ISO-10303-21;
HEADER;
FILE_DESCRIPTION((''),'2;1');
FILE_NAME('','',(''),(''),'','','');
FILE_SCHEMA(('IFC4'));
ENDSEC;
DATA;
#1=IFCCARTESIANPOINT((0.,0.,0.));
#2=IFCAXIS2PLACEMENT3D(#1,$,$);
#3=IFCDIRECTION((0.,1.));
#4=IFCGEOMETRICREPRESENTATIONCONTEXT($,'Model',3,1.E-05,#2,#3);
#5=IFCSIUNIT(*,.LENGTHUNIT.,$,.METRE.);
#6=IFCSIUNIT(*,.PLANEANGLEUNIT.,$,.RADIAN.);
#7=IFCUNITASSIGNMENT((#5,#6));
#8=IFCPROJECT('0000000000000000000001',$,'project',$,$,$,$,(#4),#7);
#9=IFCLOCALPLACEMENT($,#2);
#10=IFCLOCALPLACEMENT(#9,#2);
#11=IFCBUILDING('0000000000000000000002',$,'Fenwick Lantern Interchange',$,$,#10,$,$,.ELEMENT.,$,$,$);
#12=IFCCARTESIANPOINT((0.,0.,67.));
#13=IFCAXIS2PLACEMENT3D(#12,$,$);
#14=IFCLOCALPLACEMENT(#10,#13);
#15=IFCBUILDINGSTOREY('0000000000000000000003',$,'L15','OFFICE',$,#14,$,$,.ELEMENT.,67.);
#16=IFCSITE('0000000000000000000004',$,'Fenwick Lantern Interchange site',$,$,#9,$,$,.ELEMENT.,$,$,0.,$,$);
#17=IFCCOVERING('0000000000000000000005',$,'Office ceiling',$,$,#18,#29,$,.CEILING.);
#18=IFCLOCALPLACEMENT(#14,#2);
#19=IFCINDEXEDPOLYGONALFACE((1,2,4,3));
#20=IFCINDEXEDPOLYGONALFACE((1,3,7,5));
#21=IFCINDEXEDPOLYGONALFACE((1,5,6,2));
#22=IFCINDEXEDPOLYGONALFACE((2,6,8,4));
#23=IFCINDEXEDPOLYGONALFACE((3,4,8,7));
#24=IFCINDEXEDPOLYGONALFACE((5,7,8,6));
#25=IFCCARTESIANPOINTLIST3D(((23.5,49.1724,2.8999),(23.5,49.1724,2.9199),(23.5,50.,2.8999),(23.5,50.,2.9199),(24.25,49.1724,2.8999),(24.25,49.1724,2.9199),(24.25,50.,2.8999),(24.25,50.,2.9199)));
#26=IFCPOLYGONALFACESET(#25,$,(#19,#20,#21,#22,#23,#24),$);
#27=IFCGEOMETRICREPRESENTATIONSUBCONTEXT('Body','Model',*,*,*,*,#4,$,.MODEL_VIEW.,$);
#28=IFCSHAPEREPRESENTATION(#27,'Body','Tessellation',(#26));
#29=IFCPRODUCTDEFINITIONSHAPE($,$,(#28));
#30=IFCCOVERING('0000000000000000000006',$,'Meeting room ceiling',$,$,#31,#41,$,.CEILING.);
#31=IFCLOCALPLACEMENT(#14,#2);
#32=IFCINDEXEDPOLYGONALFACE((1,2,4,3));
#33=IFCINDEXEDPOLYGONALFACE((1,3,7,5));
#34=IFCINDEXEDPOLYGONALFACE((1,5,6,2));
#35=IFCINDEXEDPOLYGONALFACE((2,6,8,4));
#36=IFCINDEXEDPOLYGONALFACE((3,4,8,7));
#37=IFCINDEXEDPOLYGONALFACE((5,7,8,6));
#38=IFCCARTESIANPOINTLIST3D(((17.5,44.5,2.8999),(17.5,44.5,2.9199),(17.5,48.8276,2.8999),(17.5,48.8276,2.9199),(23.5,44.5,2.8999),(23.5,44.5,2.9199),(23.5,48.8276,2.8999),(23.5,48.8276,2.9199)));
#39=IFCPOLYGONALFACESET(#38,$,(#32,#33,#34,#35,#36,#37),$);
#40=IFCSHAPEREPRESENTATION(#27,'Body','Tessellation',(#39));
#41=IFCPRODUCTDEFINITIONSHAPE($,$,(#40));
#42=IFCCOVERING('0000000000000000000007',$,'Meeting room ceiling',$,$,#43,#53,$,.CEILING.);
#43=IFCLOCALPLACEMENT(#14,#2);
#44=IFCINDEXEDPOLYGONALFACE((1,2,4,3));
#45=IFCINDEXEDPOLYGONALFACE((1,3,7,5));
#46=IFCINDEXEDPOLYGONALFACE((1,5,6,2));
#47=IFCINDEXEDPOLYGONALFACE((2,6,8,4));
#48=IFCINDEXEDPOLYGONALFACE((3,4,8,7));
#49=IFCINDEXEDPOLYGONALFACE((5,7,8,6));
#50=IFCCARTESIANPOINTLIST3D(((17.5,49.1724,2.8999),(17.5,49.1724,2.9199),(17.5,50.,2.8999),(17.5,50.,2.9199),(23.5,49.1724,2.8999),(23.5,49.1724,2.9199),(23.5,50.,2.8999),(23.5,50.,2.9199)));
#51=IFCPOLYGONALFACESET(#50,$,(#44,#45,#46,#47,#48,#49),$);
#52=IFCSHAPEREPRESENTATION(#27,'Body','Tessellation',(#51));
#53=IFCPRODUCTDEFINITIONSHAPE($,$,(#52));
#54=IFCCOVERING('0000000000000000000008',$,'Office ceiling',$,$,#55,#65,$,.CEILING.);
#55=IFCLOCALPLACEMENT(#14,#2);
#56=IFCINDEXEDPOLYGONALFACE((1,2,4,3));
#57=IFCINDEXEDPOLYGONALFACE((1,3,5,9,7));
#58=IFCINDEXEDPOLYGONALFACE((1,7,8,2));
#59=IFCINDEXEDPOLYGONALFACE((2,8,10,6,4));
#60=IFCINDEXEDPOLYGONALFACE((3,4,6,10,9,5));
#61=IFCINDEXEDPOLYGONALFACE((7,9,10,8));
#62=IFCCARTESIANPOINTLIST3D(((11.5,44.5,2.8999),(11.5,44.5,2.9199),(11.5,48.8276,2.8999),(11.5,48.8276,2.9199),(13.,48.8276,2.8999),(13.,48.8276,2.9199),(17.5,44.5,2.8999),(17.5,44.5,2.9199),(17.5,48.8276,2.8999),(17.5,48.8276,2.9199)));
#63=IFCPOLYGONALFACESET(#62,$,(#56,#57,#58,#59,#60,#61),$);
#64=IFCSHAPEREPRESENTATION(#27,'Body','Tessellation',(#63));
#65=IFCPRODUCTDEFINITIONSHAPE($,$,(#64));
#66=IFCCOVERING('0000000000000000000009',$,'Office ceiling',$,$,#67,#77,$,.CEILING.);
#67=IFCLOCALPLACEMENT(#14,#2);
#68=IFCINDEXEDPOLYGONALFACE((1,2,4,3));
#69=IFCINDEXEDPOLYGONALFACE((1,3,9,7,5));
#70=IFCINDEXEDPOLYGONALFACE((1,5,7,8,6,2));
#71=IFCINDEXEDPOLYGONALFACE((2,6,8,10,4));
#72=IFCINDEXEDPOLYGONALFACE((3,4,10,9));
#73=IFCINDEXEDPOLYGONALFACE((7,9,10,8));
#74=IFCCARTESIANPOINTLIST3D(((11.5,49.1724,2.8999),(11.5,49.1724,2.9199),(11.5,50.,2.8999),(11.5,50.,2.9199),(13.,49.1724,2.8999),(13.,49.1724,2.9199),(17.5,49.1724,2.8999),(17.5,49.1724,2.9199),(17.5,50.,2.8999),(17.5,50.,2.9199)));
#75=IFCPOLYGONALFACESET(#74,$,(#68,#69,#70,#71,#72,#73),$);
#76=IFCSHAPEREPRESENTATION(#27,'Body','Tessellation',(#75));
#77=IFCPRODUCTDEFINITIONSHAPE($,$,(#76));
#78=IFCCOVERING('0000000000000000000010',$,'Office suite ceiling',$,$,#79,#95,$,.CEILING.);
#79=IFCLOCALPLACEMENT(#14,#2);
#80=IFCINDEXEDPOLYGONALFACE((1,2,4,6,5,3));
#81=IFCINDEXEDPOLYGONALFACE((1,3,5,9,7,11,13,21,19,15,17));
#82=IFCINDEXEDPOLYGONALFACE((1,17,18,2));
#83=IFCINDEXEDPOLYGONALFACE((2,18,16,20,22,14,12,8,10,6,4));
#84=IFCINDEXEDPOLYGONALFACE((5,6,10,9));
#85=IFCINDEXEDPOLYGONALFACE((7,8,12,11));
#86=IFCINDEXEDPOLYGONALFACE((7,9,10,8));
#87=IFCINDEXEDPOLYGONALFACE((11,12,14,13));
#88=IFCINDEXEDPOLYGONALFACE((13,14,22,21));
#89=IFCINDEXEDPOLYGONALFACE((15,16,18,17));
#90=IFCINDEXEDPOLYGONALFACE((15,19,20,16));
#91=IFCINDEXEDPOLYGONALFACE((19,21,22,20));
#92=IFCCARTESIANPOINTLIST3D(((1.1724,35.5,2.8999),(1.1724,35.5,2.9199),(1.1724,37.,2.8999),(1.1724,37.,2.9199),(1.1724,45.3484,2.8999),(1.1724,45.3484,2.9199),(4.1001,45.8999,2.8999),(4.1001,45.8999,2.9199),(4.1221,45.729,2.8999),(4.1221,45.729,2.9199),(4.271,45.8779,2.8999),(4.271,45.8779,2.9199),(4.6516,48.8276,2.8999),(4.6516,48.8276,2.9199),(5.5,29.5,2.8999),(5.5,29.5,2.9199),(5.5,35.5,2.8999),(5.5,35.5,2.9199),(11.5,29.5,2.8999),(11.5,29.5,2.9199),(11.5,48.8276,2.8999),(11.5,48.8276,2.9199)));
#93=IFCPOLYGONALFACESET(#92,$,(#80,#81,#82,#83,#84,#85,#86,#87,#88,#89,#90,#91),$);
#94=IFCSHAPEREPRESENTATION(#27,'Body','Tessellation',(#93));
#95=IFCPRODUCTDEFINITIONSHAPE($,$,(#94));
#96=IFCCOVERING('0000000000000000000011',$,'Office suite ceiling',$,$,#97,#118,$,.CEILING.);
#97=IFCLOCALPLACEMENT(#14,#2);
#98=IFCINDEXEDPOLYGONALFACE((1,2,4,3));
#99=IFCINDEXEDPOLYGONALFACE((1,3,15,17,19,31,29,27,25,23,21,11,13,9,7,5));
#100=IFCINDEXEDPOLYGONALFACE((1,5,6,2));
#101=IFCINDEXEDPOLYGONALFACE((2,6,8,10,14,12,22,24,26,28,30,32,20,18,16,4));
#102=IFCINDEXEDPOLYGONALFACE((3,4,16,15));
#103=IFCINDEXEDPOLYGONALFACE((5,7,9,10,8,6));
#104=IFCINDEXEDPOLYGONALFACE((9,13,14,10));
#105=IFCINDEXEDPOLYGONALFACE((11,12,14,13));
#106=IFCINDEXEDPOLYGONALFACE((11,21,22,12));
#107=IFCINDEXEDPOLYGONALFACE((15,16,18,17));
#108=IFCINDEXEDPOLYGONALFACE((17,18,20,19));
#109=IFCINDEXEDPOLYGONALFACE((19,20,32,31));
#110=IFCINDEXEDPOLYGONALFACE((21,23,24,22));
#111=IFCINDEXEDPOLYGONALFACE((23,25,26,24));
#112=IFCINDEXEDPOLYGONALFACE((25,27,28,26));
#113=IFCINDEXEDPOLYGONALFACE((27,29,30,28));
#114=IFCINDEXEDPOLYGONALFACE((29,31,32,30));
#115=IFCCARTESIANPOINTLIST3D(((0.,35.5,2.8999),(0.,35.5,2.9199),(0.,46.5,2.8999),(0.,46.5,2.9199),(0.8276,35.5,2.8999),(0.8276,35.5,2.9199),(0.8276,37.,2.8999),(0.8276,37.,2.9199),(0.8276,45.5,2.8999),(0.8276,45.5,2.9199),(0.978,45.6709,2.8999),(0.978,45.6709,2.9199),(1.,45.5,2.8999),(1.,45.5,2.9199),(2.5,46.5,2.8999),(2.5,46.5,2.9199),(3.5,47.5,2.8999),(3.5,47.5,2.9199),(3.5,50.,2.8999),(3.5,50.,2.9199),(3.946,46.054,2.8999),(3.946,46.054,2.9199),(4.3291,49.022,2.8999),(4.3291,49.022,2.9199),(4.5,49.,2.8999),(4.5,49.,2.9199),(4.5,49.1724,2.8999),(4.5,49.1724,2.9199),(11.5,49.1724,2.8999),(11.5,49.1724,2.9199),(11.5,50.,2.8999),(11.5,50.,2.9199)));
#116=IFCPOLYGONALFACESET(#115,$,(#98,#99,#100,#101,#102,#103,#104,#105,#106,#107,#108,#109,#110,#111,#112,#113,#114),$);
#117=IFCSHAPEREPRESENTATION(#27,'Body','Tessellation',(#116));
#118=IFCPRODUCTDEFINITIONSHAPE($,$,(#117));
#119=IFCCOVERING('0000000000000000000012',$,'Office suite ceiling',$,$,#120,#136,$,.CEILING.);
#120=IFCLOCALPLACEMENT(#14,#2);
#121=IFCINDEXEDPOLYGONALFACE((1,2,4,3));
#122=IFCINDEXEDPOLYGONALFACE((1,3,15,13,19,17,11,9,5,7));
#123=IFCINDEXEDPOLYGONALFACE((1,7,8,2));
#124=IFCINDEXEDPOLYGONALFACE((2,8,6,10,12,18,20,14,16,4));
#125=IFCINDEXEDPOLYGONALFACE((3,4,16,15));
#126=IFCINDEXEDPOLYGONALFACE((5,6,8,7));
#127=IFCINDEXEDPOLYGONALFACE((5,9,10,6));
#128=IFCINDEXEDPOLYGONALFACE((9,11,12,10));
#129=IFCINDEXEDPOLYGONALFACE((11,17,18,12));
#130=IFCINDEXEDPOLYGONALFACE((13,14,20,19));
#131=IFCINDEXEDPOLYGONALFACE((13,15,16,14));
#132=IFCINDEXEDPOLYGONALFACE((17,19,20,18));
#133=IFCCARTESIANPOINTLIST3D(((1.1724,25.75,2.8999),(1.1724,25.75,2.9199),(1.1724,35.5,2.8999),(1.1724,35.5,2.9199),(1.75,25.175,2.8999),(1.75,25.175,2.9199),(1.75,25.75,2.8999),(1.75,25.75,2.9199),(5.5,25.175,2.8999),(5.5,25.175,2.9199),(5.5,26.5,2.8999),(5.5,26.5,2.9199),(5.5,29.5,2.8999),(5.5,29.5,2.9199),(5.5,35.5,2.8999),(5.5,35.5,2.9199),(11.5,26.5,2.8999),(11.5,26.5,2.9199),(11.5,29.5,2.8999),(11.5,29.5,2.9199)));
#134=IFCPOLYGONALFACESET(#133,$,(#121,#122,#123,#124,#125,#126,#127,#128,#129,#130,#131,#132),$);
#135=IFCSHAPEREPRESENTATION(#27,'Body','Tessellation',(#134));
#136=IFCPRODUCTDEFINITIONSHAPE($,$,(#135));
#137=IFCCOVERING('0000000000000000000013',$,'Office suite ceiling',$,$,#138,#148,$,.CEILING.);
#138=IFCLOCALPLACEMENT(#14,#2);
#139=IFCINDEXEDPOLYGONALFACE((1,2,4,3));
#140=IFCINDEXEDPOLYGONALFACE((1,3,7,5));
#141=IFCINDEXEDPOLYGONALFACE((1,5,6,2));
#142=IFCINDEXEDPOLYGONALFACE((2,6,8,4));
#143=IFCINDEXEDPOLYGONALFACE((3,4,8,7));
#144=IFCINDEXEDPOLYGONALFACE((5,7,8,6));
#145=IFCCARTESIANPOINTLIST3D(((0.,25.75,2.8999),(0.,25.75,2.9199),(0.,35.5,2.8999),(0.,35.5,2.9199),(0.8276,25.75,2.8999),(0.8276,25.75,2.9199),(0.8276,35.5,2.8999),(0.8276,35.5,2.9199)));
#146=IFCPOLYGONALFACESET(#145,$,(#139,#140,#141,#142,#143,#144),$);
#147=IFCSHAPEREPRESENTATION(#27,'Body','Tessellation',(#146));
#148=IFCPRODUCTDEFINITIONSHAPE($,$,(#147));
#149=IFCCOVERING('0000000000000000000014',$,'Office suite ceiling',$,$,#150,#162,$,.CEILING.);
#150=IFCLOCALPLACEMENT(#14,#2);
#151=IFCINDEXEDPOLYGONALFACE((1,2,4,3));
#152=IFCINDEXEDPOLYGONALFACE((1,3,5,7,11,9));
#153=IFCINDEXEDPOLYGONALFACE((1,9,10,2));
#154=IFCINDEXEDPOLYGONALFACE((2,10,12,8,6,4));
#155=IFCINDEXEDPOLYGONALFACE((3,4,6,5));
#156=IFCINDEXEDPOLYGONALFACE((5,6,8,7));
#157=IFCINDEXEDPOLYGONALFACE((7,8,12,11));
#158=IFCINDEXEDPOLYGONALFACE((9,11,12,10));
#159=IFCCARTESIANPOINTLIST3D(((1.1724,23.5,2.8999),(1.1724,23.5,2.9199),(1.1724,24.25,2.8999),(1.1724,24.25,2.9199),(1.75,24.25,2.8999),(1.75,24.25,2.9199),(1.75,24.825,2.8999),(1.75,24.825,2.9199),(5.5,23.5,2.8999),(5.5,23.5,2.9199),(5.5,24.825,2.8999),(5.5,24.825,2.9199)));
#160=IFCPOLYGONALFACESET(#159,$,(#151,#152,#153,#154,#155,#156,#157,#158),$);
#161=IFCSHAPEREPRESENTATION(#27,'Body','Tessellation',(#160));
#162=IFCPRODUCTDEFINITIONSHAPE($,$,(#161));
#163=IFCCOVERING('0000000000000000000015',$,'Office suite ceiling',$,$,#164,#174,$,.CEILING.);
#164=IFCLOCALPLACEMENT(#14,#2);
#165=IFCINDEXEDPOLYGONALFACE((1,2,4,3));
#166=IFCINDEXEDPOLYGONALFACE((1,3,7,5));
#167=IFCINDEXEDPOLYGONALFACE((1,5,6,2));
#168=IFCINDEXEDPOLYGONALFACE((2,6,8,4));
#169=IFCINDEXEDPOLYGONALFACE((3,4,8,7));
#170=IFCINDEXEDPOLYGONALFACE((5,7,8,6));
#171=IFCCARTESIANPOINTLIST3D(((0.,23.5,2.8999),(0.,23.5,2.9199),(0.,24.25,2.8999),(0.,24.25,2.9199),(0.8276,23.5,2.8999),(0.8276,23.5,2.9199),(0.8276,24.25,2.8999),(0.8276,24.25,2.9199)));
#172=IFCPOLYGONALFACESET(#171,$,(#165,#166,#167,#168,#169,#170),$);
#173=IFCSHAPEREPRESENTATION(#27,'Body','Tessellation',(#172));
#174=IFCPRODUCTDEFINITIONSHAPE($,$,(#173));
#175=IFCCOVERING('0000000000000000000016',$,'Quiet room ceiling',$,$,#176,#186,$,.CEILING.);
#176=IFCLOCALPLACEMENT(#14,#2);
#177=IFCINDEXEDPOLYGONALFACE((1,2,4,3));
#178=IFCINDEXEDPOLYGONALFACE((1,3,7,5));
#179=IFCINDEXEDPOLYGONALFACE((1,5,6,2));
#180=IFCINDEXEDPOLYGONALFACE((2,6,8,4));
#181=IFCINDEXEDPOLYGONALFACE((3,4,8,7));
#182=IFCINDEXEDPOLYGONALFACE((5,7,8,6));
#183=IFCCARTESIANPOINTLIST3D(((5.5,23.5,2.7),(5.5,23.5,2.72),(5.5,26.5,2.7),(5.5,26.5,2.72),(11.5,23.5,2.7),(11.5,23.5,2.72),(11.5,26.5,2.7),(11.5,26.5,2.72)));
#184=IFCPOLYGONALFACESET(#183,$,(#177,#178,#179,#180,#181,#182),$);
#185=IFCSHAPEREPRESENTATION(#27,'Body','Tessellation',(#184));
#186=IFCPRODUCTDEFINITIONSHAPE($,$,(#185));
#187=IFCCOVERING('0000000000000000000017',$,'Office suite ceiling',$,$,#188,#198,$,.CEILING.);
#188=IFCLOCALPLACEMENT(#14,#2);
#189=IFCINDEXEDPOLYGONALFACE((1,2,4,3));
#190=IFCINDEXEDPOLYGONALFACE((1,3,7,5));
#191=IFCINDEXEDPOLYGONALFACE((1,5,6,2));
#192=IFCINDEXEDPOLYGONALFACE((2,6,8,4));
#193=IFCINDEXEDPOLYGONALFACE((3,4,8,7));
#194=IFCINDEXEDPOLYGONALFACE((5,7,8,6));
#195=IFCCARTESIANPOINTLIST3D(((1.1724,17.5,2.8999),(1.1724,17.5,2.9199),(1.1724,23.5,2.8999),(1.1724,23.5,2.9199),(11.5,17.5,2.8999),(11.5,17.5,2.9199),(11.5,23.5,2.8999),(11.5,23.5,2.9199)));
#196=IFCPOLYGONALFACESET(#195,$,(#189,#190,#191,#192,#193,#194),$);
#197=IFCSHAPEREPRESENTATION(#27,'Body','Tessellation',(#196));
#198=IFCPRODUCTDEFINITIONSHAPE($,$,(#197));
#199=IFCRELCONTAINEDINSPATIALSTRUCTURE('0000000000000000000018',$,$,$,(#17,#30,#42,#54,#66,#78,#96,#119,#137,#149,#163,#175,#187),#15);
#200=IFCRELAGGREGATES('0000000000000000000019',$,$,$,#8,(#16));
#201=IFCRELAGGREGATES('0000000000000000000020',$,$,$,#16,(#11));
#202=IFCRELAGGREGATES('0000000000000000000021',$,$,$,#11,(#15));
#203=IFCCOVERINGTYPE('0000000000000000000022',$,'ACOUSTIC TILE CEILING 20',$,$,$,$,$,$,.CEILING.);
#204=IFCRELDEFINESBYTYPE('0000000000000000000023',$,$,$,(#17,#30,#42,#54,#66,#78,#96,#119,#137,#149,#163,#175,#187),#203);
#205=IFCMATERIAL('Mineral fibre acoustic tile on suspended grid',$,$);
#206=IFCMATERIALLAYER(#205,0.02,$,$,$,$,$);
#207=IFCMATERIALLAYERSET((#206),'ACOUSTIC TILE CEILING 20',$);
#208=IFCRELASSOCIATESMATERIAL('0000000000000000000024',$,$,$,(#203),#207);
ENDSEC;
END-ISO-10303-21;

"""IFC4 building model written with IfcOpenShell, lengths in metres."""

from ifc_helpers import new_model, si_unit, direction, frame, origin, place, context, subcontext, project, spatial, polyline, outline, extrude, material, layer, layer_set, type_object, element, save


model = new_model("IFC4")

# Units and contexts
model_context = context("Model", 3, precision=1e-05, world=origin(), true_north=direction((0.0, 1.0)))
body_context = subcontext(model_context, "Body", "Model", "MODEL_VIEW")
ifc_project = project(units=[si_unit("LENGTHUNIT", "METRE"), si_unit("PLANEANGLEUNIT", "RADIAN")], contexts=[model_context])

# Site, building, storey
site_placement = place(None, origin())
site = spatial("IfcSite", under=ifc_project, at=site_placement, Name="Fenwick Lantern Interchange site", CompositionType="ELEMENT", RefElevation=0.0)
building_placement = place(site_placement, origin())
building = spatial("IfcBuilding", under=site, at=building_placement, Name="Fenwick Lantern Interchange", CompositionType="ELEMENT")
storey_placement = place(building_placement, frame((0.0, 0.0, 67.0)))
storey = spatial("IfcBuildingStorey", under=building, at=storey_placement, Name="L15", Description="OFFICE", CompositionType="ELEMENT", Elevation=67.0)

# Coverings
ifc_material_1 = material(Name="Mineral fibre acoustic tile on suspended grid")
ifc_layer_1 = layer(ifc_material_1, 0.02)
ifc_layer_set_1 = layer_set([ifc_layer_1], Name="ACOUSTIC TILE CEILING 20")
covering_type_1 = type_object("IfcCoveringType", Name="ACOUSTIC TILE CEILING 20", PredefinedType="CEILING", material=ifc_layer_set_1)
covering_1_placement = place(storey_placement, frame((0.0, 0.0, 2.8999)))
element("IfcCovering", 1, at=covering_1_placement, inside=storey, type_object=covering_type_1, Name="Office ceiling", PredefinedType="CEILING", context=body_context, shape_type="SweptSolid", body=[
    extrude(outline(polyline([(23.5, 50.0), (23.5, 49.1724), (24.25, 49.1724), (24.25, 50.0), (23.5, 50.0)])), origin(), (0.0, 0.0, 1.0), 0.02),
])
covering_2_placement = place(storey_placement, frame((0.0, 0.0, 2.8999)))
element("IfcCovering", 2, at=covering_2_placement, inside=storey, type_object=covering_type_1, Name="Meeting room ceiling", PredefinedType="CEILING", context=body_context, shape_type="SweptSolid", body=[
    extrude(outline(polyline([(23.5, 44.5), (23.5, 48.8276), (17.5, 48.8276), (17.5, 44.5), (23.5, 44.5)])), origin(), (0.0, 0.0, 1.0), 0.02),
])
covering_3_placement = place(storey_placement, frame((0.0, 0.0, 2.8999)))
element("IfcCovering", 3, at=covering_3_placement, inside=storey, type_object=covering_type_1, Name="Meeting room ceiling", PredefinedType="CEILING", context=body_context, shape_type="SweptSolid", body=[
    extrude(outline(polyline([(17.5, 50.0), (17.5, 49.1724), (23.5, 49.1724), (23.5, 50.0), (17.5, 50.0)])), origin(), (0.0, 0.0, 1.0), 0.02),
])
covering_4_placement = place(storey_placement, frame((0.0, 0.0, 2.8999)))
element("IfcCovering", 4, at=covering_4_placement, inside=storey, type_object=covering_type_1, Name="Office ceiling", PredefinedType="CEILING", context=body_context, shape_type="SweptSolid", body=[
    extrude(outline(polyline([(17.5, 44.5), (17.5, 48.8276), (13.0, 48.8276), (11.5, 48.8276), (11.5, 44.5), (17.5, 44.5)])), origin(), (0.0, 0.0, 1.0), 0.02),
])
covering_5_placement = place(storey_placement, frame((0.0, 0.0, 2.8999)))
element("IfcCovering", 5, at=covering_5_placement, inside=storey, type_object=covering_type_1, Name="Office ceiling", PredefinedType="CEILING", context=body_context, shape_type="SweptSolid", body=[
    extrude(outline(polyline([(11.5, 50.0), (11.5, 49.1724), (13.0, 49.1724), (17.5, 49.1724), (17.5, 50.0), (11.5, 50.0)])), origin(), (0.0, 0.0, 1.0), 0.02),
])
covering_6_placement = place(storey_placement, frame((0.0, 0.0, 2.8999)))
element("IfcCovering", 6, at=covering_6_placement, inside=storey, type_object=covering_type_1, Name="Office suite ceiling", PredefinedType="CEILING", context=body_context, shape_type="SweptSolid", body=[
    extrude(outline(polyline([(11.5, 29.5), (11.5, 48.8276), (4.6516, 48.8276), (4.271, 45.8779), (4.1001, 45.8999), (4.1221, 45.729), (1.1724, 45.3484), (1.1724, 37.0), (1.1724, 35.5), (5.5, 35.5), (5.5, 29.5), (11.5, 29.5)])), origin(), (0.0, 0.0, 1.0), 0.02),
])
covering_7_placement = place(storey_placement, frame((0.0, 0.0, 2.8999)))
element("IfcCovering", 7, at=covering_7_placement, inside=storey, type_object=covering_type_1, Name="Office suite ceiling", PredefinedType="CEILING", context=body_context, shape_type="SweptSolid", body=[
    extrude(outline(polyline([(3.5, 47.5), (2.5, 46.5), (0.0, 46.5), (0.0, 35.5), (0.8276, 35.5), (0.8276, 37.0), (0.8276, 45.5), (1.0, 45.5), (0.978, 45.6709), (3.946, 46.054), (4.3291, 49.022), (4.5, 49.0), (4.5, 49.1724), (11.5, 49.1724), (11.5, 50.0), (3.5, 50.0), (3.5, 47.5)])), origin(), (0.0, 0.0, 1.0), 0.02),
])
covering_8_placement = place(storey_placement, frame((0.0, 0.0, 2.8999)))
element("IfcCovering", 8, at=covering_8_placement, inside=storey, type_object=covering_type_1, Name="Office suite ceiling", PredefinedType="CEILING", context=body_context, shape_type="SweptSolid", body=[
    extrude(outline(polyline([(5.5, 29.5), (5.5, 35.5), (1.1724, 35.5), (1.1724, 25.75), (1.75, 25.75), (1.75, 25.175), (5.5, 25.175), (5.5, 26.5), (11.5, 26.5), (11.5, 29.5), (5.5, 29.5)])), origin(), (0.0, 0.0, 1.0), 0.02),
])
covering_9_placement = place(storey_placement, frame((0.0, 0.0, 2.8999)))
element("IfcCovering", 9, at=covering_9_placement, inside=storey, type_object=covering_type_1, Name="Office suite ceiling", PredefinedType="CEILING", context=body_context, shape_type="SweptSolid", body=[
    extrude(outline(polyline([(0.0, 25.75), (0.8276, 25.75), (0.8276, 35.5), (0.0, 35.5), (0.0, 25.75)])), origin(), (0.0, 0.0, 1.0), 0.02),
])
covering_10_placement = place(storey_placement, frame((0.0, 0.0, 2.8999)))
element("IfcCovering", 10, at=covering_10_placement, inside=storey, type_object=covering_type_1, Name="Office suite ceiling", PredefinedType="CEILING", context=body_context, shape_type="SweptSolid", body=[
    extrude(outline(polyline([(5.5, 23.5), (5.5, 24.825), (1.75, 24.825), (1.75, 24.25), (1.1724, 24.25), (1.1724, 23.5), (5.5, 23.5)])), origin(), (0.0, 0.0, 1.0), 0.02),
])
covering_11_placement = place(storey_placement, frame((0.0, 0.0, 2.8999)))
element("IfcCovering", 11, at=covering_11_placement, inside=storey, type_object=covering_type_1, Name="Office suite ceiling", PredefinedType="CEILING", context=body_context, shape_type="SweptSolid", body=[
    extrude(outline(polyline([(0.0, 23.5), (0.8276, 23.5), (0.8276, 24.25), (0.0, 24.25), (0.0, 23.5)])), origin(), (0.0, 0.0, 1.0), 0.02),
])
covering_12_placement = place(storey_placement, frame((0.0, 0.0, 2.7)))
element("IfcCovering", 12, at=covering_12_placement, inside=storey, type_object=covering_type_1, Name="Quiet room ceiling", PredefinedType="CEILING", context=body_context, shape_type="SweptSolid", body=[
    extrude(outline(polyline([(5.5, 26.5), (5.5, 23.5), (11.5, 23.5), (11.5, 26.5), (5.5, 26.5)])), origin(), (0.0, 0.0, 1.0), 0.02),
])
covering_13_placement = place(storey_placement, frame((0.0, 0.0, 2.8999)))
element("IfcCovering", 13, at=covering_13_placement, inside=storey, type_object=covering_type_1, Name="Office suite ceiling", PredefinedType="CEILING", context=body_context, shape_type="SweptSolid", body=[
    extrude(outline(polyline([(11.5, 23.5), (1.1724, 23.5), (1.1724, 17.5), (11.5, 17.5), (11.5, 23.5)])), origin(), (0.0, 0.0, 1.0), 0.02),
])

save(model, "model.ifc")
